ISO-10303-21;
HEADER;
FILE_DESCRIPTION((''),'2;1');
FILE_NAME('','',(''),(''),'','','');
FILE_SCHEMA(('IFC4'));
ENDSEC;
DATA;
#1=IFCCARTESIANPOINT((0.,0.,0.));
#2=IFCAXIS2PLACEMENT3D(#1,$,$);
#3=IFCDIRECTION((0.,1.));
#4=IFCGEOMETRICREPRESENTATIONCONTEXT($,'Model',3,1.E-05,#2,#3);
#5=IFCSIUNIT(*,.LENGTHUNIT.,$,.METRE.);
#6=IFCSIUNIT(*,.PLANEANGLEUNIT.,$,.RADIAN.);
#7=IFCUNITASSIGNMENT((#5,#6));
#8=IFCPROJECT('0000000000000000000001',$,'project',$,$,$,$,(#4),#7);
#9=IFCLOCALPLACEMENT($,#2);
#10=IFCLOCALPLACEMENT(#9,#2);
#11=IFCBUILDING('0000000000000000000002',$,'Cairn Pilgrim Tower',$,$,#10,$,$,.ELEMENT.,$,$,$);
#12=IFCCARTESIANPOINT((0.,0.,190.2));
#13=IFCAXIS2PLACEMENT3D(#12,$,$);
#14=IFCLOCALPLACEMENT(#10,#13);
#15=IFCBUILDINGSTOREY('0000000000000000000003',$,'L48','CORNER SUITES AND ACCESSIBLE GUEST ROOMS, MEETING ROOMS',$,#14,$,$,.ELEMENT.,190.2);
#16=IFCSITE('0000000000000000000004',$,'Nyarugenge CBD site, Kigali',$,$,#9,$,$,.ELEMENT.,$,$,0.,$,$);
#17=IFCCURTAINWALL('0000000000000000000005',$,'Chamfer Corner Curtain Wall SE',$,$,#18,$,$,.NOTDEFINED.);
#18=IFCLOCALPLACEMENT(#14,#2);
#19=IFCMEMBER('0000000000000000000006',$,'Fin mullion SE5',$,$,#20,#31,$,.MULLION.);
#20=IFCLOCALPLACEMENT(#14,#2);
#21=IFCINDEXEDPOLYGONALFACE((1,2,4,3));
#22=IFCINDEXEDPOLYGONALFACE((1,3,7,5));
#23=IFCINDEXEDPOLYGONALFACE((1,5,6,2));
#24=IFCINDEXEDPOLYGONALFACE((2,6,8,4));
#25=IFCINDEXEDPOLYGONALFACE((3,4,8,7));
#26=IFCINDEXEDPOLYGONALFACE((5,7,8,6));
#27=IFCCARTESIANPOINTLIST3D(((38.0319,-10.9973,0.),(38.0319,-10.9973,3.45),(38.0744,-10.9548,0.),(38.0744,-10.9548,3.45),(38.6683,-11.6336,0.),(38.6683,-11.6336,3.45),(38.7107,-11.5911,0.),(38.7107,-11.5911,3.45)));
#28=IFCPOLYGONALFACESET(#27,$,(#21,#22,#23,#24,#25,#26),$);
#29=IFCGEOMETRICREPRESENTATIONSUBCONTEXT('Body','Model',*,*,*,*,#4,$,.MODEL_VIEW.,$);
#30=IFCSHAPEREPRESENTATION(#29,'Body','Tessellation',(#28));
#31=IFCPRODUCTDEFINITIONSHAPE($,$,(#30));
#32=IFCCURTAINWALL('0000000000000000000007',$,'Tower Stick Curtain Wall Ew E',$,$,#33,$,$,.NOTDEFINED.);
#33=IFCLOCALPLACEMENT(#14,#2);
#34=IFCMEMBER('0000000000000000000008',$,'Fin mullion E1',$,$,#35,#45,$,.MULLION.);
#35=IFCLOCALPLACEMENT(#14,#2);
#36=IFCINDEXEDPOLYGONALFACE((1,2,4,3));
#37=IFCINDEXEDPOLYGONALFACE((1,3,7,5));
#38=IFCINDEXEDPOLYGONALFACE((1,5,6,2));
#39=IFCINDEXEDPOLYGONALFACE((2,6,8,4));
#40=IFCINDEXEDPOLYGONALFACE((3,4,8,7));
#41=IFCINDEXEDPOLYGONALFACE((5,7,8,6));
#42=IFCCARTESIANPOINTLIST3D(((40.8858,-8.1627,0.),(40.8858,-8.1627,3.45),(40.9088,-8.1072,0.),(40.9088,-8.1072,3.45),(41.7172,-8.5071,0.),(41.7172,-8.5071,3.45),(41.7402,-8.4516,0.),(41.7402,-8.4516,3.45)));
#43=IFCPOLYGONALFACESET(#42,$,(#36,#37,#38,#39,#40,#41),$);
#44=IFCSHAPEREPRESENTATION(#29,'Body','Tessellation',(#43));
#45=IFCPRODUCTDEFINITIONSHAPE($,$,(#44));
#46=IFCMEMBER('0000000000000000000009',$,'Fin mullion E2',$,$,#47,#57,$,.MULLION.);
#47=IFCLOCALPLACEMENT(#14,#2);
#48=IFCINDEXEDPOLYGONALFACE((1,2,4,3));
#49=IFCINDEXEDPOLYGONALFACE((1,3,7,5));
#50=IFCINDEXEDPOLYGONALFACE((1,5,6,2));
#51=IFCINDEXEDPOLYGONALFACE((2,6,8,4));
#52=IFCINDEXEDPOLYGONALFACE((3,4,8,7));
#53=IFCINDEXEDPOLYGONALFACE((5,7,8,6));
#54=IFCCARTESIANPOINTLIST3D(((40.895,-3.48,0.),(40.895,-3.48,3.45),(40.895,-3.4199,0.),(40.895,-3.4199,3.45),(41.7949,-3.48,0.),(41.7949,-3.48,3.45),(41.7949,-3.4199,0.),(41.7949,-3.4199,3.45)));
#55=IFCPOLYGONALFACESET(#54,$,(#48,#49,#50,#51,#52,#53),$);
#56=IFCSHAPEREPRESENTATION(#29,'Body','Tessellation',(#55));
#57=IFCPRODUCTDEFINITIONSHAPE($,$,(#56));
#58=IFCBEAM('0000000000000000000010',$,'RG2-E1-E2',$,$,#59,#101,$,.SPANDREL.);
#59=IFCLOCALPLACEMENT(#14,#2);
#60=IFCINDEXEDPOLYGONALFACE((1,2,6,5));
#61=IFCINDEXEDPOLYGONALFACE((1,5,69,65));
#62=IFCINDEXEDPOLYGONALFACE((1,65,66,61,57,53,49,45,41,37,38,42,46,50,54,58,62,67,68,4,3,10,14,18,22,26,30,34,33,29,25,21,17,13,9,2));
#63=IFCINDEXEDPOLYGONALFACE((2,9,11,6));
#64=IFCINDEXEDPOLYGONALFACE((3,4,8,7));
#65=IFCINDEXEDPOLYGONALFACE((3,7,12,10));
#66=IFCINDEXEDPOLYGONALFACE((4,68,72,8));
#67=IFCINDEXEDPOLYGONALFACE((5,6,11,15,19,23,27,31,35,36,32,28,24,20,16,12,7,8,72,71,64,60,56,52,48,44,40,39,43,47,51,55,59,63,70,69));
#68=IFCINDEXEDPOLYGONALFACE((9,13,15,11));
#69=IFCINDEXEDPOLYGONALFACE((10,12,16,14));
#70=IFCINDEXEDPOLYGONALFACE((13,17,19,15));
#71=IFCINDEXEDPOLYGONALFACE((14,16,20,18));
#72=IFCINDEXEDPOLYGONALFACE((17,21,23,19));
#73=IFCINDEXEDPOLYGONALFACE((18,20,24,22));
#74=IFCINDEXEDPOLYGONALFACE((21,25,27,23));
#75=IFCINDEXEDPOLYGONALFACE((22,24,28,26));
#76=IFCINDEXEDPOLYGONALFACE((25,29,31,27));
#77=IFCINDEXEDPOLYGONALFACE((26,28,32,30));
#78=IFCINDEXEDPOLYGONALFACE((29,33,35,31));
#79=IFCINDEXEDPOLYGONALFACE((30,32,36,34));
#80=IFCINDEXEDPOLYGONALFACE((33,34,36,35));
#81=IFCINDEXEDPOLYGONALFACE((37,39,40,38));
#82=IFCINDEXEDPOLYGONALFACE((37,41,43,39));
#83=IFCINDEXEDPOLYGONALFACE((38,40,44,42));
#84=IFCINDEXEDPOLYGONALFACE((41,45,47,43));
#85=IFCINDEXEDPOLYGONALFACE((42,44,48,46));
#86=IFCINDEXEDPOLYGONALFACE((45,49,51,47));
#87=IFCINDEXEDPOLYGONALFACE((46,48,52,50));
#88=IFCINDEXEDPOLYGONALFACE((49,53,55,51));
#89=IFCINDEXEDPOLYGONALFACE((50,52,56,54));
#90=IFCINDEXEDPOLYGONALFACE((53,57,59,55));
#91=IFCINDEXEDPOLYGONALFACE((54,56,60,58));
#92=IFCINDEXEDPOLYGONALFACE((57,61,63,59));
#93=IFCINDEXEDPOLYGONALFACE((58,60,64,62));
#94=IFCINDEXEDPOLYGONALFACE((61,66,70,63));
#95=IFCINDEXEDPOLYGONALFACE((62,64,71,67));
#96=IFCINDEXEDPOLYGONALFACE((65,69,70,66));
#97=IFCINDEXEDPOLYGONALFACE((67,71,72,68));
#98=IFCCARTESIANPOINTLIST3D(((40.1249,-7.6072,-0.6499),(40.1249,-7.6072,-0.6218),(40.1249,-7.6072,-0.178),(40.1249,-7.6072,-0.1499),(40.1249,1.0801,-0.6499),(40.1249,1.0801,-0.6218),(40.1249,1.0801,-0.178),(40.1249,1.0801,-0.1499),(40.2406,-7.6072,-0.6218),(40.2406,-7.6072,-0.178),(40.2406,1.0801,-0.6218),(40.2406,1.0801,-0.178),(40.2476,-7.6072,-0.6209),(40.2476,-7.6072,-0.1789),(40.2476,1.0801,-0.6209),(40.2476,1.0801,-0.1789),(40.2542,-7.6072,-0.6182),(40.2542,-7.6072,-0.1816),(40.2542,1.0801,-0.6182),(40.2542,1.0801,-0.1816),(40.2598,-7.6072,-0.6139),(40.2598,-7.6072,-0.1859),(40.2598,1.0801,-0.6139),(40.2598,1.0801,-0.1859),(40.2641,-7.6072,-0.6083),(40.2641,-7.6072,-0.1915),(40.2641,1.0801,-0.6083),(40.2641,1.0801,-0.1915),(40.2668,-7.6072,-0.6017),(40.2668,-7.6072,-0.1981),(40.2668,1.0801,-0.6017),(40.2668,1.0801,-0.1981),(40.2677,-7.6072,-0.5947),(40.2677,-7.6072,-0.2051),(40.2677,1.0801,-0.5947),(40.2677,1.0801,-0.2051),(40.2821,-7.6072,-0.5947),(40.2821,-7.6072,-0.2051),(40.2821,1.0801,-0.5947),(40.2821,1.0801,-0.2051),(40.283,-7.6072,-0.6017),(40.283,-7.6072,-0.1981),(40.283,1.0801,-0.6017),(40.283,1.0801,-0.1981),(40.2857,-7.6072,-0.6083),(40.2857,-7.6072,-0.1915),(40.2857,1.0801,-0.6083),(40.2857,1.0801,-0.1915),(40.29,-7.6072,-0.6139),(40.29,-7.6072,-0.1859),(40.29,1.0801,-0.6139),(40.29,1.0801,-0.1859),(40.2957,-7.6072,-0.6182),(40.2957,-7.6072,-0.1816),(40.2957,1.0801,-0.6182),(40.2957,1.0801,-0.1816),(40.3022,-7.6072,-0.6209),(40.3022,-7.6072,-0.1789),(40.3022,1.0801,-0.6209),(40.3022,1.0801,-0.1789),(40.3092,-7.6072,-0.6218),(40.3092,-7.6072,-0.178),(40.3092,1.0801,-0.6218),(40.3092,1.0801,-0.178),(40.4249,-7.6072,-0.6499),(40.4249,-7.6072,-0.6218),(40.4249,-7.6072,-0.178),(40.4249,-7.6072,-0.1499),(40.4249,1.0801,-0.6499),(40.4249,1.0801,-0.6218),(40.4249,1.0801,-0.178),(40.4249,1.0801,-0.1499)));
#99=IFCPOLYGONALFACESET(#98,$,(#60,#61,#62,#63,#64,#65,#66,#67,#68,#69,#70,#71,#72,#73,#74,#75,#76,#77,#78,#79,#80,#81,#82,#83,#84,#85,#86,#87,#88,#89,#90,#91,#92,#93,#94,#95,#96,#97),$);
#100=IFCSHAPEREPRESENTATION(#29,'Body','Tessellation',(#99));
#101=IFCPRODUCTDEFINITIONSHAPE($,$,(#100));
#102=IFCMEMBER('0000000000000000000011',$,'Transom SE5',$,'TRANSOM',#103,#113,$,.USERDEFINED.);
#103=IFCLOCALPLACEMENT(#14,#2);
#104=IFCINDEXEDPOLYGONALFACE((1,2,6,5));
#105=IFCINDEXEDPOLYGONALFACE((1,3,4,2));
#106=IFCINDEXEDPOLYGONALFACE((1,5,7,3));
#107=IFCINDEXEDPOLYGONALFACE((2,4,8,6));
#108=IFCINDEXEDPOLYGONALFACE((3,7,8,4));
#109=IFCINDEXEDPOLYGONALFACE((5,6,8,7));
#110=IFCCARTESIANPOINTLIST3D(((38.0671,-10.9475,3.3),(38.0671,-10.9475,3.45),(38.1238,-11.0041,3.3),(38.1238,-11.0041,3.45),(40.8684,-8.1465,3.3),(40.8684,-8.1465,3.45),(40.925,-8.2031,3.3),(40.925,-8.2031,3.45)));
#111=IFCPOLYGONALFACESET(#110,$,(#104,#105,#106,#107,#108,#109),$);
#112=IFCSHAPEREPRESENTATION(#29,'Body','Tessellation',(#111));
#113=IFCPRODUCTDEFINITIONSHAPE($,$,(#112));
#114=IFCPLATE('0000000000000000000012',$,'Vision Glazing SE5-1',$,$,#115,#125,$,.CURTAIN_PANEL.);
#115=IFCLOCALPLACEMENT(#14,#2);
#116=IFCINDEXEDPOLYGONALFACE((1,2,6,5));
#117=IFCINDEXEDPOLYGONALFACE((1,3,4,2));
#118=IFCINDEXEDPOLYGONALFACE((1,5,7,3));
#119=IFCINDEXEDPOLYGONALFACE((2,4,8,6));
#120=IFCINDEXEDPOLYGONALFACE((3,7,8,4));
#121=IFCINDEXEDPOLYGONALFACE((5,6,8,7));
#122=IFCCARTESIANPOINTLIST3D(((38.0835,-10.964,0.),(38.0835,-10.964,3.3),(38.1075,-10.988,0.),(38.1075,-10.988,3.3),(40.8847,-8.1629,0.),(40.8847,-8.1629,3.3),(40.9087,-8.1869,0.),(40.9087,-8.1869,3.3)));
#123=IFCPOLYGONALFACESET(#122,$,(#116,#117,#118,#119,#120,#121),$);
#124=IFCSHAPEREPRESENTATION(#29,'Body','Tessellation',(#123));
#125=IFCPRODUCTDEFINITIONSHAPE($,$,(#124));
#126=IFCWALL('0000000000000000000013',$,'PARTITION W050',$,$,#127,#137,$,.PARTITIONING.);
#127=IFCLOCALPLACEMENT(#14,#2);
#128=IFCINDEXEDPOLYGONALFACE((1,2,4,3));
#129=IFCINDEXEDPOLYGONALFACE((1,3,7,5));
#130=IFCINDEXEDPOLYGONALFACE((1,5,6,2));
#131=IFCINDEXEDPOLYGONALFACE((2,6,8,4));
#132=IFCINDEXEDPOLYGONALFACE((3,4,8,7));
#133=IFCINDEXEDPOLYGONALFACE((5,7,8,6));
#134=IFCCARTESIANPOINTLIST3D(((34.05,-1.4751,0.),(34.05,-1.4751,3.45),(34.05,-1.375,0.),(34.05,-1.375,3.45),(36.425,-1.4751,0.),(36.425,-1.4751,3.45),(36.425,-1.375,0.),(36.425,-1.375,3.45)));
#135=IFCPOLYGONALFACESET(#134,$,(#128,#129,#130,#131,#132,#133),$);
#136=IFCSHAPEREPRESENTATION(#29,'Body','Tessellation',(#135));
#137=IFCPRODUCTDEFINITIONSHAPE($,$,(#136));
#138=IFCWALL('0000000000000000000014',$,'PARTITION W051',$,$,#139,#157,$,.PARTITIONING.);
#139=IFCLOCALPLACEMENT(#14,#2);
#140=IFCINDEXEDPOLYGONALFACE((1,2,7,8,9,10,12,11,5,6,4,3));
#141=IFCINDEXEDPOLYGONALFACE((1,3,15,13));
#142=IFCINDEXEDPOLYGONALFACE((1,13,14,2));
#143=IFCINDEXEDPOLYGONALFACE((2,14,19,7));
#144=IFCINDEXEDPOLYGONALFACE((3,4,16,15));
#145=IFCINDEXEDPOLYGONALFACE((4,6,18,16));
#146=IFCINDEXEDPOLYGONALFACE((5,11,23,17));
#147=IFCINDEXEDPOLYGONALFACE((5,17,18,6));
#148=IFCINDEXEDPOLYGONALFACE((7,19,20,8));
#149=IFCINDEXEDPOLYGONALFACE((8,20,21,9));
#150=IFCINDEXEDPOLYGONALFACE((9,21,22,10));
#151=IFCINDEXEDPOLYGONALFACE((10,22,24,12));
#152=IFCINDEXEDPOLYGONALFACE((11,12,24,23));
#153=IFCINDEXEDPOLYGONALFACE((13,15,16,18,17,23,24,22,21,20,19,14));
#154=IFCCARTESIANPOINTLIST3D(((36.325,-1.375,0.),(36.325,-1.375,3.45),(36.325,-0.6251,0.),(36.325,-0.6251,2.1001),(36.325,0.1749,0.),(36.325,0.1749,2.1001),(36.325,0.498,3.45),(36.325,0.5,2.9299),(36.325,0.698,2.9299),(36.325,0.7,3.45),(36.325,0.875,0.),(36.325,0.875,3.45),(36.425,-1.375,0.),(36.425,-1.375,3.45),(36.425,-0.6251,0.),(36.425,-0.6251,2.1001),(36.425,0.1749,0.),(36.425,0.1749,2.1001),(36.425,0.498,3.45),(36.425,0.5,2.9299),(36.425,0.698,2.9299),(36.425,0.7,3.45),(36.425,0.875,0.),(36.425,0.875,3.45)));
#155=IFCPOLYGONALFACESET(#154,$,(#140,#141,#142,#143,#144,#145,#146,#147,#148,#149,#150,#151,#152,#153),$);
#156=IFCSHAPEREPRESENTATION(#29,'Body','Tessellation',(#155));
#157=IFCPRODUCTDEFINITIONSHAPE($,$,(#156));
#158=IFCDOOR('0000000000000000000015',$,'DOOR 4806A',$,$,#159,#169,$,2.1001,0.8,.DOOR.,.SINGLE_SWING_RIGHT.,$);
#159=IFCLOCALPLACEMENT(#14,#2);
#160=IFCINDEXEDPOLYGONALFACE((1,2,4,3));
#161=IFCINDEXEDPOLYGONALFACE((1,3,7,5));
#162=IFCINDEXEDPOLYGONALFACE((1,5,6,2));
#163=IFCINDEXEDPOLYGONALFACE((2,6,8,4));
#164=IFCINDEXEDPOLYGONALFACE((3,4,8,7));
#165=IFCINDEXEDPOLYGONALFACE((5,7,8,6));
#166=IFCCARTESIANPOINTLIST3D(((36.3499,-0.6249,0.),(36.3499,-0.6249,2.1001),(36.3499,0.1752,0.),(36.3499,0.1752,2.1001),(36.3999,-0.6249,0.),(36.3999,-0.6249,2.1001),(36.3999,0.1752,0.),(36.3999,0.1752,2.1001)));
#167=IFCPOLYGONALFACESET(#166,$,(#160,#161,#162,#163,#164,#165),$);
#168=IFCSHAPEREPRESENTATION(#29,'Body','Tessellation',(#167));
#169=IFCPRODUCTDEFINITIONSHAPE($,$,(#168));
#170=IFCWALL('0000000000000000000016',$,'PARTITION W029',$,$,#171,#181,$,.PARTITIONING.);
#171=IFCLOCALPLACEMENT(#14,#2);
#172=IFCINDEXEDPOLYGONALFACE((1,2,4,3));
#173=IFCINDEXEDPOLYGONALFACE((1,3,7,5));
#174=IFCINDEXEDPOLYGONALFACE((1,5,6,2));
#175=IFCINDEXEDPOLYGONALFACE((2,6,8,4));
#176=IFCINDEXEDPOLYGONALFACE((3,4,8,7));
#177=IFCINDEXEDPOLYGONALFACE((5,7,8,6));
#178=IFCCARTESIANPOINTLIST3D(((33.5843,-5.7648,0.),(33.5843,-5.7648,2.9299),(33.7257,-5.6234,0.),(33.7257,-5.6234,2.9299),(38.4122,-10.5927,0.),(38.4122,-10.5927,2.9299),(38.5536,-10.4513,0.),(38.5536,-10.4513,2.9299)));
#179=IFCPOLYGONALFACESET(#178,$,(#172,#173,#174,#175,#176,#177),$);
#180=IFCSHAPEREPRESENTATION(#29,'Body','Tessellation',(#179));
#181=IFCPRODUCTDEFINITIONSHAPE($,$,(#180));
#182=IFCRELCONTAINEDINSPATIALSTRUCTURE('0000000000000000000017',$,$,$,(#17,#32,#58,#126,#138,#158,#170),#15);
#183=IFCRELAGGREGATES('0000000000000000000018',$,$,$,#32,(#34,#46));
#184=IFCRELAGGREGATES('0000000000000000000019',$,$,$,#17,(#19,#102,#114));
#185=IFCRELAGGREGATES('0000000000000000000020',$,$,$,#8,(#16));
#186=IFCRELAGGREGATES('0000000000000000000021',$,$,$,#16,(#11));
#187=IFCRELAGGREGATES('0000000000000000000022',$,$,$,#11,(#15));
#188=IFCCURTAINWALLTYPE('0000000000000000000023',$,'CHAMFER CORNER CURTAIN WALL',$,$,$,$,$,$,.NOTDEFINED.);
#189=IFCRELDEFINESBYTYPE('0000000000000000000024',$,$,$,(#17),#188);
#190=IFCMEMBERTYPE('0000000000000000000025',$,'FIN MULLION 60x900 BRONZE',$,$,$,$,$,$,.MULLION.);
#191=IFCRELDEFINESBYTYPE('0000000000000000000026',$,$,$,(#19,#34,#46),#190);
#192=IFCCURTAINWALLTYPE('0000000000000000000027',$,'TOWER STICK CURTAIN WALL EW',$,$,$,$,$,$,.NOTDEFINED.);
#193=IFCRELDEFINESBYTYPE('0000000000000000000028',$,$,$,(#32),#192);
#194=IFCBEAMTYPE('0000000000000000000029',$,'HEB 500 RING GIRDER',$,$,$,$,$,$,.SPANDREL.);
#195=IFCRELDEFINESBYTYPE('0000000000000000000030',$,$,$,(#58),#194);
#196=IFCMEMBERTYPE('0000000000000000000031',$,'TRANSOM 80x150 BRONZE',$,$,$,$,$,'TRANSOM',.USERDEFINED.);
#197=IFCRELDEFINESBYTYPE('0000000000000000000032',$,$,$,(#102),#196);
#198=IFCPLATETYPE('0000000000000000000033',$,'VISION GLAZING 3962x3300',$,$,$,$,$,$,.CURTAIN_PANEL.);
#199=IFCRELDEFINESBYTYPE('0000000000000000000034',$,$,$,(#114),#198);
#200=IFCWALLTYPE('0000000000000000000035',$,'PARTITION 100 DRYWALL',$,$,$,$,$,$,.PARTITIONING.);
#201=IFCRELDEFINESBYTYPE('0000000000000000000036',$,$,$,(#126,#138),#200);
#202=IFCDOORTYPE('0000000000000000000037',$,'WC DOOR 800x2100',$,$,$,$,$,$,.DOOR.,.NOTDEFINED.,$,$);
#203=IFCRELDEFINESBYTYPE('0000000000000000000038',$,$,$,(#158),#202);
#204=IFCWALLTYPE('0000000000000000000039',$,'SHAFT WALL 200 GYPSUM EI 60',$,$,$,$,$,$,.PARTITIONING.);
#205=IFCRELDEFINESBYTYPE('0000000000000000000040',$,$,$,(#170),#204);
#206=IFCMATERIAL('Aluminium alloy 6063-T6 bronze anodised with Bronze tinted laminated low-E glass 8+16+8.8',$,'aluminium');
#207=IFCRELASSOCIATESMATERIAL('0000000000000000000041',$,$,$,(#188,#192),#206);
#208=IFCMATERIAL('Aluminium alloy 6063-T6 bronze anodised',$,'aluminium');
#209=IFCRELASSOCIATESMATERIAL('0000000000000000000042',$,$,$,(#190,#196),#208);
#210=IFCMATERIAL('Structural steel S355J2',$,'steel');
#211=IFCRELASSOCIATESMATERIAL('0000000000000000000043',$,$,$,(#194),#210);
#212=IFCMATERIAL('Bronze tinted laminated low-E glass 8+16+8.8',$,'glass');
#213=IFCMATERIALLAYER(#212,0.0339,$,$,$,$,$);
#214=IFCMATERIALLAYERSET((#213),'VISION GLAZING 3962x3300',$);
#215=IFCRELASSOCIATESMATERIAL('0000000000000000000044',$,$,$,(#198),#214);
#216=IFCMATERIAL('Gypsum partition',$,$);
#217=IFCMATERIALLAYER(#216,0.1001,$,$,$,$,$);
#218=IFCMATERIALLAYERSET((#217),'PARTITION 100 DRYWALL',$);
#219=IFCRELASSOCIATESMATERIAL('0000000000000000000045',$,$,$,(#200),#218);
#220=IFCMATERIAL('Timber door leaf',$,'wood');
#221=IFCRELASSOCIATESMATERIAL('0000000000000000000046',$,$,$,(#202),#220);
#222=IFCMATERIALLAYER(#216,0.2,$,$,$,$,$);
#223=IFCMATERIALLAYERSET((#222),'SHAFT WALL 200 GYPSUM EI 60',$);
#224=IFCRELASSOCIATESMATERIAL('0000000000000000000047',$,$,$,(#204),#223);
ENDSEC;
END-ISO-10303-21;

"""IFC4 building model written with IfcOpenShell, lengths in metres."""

from ifc_helpers import new_model, si_unit, direction, frame, frame_2d, origin, origin_2d, place, context, subcontext, project, spatial, polyline, rectangle, i_section, outline, extrude, material, layer, layer_set, material_profile, profile_set, type_object, element, fill, aggregate, save


model = new_model("IFC4")

# Units and contexts
model_context = context("Model", 3, precision=1e-05, world=origin(), true_north=direction((0.0, 1.0)))
body_context = subcontext(model_context, "Body", "Model", "MODEL_VIEW")
ifc_project = project(units=[si_unit("LENGTHUNIT", "METRE"), si_unit("PLANEANGLEUNIT", "RADIAN")], contexts=[model_context])

# Site, building, storey
site_placement = place(None, origin())
site = spatial("IfcSite", under=ifc_project, at=site_placement, Name="Nyarugenge CBD site, Kigali", CompositionType="ELEMENT", RefElevation=0.0)
building_placement = place(site_placement, origin())
building = spatial("IfcBuilding", under=site, at=building_placement, Name="Cairn Pilgrim Tower", CompositionType="ELEMENT")
storey_placement = place(building_placement, frame((0.0, 0.0, 190.2)))
storey = spatial("IfcBuildingStorey", under=building, at=storey_placement, Name="L48", Description="CORNER SUITES AND ACCESSIBLE GUEST ROOMS, MEETING ROOMS", CompositionType="ELEMENT", Elevation=190.2)

# Curtain wall, member
ifc_material_1 = material(Name="Aluminium alloy 6063-T6 bronze anodised with Bronze tinted laminated low-E glass 8+16+8.8", Category="aluminium")
curtain_wall_type_1 = type_object("IfcCurtainWallType", Name="CHAMFER CORNER CURTAIN WALL", PredefinedType="NOTDEFINED", material=ifc_material_1)
curtain_wall_1_placement = place(storey_placement, origin())
curtain_wall_1 = element("IfcCurtainWall", 1, at=curtain_wall_1_placement, inside=storey, type_object=curtain_wall_type_1, Name="Chamfer Corner Curtain Wall SE", PredefinedType="NOTDEFINED")
ifc_material_2 = material(Name="Aluminium alloy 6063-T6 bronze anodised", Category="aluminium")
ifc_material_profile_1 = material_profile(ifc_material_2, rectangle(XDim=0.8999, YDim=0.0601, at=origin_2d()), Name="FIN MULLION 60x900 BRONZE")
ifc_profile_set_1 = profile_set([ifc_material_profile_1], Name="Aluminium alloy 6063-T6 bronze anodised")
member_type_1 = type_object("IfcMemberType", Name="FIN MULLION 60x900 BRONZE", PredefinedType="MULLION", material=ifc_profile_set_1)
member_1_placement = place(storey_placement, frame((38.3713, -11.2942, 0.0), z_axis=(0.0, 0.0, 1.0), x_axis=(0.707107, -0.707107, 0.0)))
member_1 = element("IfcMember", 2, at=member_1_placement, type_object=member_type_1, Name="Fin mullion SE5", PredefinedType="MULLION", context=body_context, shape_type="SweptSolid", body=[
    extrude(rectangle(XDim=0.8999, YDim=0.0601, at=origin_2d()), origin(), (0.0, 0.0, 1.0), 3.45),
])

# Curtain wall, members
curtain_wall_type_2 = type_object("IfcCurtainWallType", Name="TOWER STICK CURTAIN WALL EW", PredefinedType="NOTDEFINED", material=ifc_material_1)
curtain_wall_2_placement = place(storey_placement, origin())
curtain_wall_2 = element("IfcCurtainWall", 3, at=curtain_wall_2_placement, inside=storey, type_object=curtain_wall_type_2, Name="Tower Stick Curtain Wall Ew E", PredefinedType="NOTDEFINED")
member_2_placement = place(storey_placement, frame((41.313, -8.3071, 0.0), z_axis=(0.0, 0.0, 1.0), x_axis=(0.92388, -0.382683, 0.0)))
member_2 = element("IfcMember", 4, at=member_2_placement, type_object=member_type_1, Name="Fin mullion E1", PredefinedType="MULLION", context=body_context, shape_type="SweptSolid", body=[
    extrude(rectangle(XDim=0.8999, YDim=0.0601, at=origin_2d()), origin(), (0.0, 0.0, 1.0), 3.45),
])
member_3_placement = place(storey_placement, frame((41.345, -3.45, 0.0), z_axis=(0.0, 0.0, 1.0), x_axis=(1.0, 0.0, 0.0)))
member_3 = element("IfcMember", 5, at=member_3_placement, type_object=member_type_1, Name="Fin mullion E2", PredefinedType="MULLION", context=body_context, shape_type="SweptSolid", body=[
    extrude(rectangle(XDim=0.8999, YDim=0.0601, at=origin_2d()), origin(), (0.0, 0.0, 1.0), 3.45),
])
aggregate(curtain_wall_2, [member_2, member_3])

# Beam
ifc_material_3 = material(Name="Structural steel S355J2", Category="steel")
ifc_material_profile_2 = material_profile(ifc_material_3, i_section(OverallWidth=0.3, OverallDepth=0.5, WebThickness=0.0144, FlangeThickness=0.0281, FilletRadius=0.0271, at=origin_2d()), Name="HEB 500")
ifc_profile_set_2 = profile_set([ifc_material_profile_2], Name="Structural steel S355J2")
beam_type = type_object("IfcBeamType", Name="HEB 500 RING GIRDER", PredefinedType="SPANDREL", material=ifc_profile_set_2)
beam_placement = place(storey_placement, frame((40.2749, -7.6072, -0.3999), z_axis=(0.0, 1.0, 0.0), x_axis=(-1.0, 0.0, 0.0)))
element("IfcBeam", 6, at=beam_placement, inside=storey, type_object=beam_type, Name="RG2-E1-E2", PredefinedType="SPANDREL", context=body_context, shape_type="SweptSolid", body=[
    extrude(i_section(OverallWidth=0.3, OverallDepth=0.5, WebThickness=0.0144, FlangeThickness=0.0281, FilletRadius=0.0271, at=origin_2d()), origin(), (0.0, 0.0, 1.0), 8.6873),
])

# Member
ifc_material_profile_3 = material_profile(ifc_material_2, rectangle(XDim=0.0801, YDim=0.1499, at=origin_2d()), Name="TRANSOM 80x150 BRONZE")
ifc_profile_set_3 = profile_set([ifc_material_profile_3], Name="Aluminium alloy 6063-T6 bronze anodised")
member_type_2 = type_object("IfcMemberType", Name="TRANSOM 80x150 BRONZE", ElementType="TRANSOM", PredefinedType="USERDEFINED", material=ifc_profile_set_3)
member_4_placement = place(storey_placement, frame((38.0955, -10.9758, 3.375), z_axis=(0.707138, 0.707076, 0.0), x_axis=(-0.707076, 0.707138, 0.0)))
member_4 = element("IfcMember", 7, at=member_4_placement, type_object=member_type_2, Name="Transom SE5", ObjectType="TRANSOM", PredefinedType="USERDEFINED", context=body_context, shape_type="SweptSolid", body=[
    extrude(rectangle(XDim=0.0801, YDim=0.1499, at=origin_2d()), origin(), (0.0, 0.0, 1.0), 3.9614),
])

# Plate
ifc_material_4 = material(Name="Bronze tinted laminated low-E glass 8+16+8.8", Category="glass")
ifc_layer_1 = layer(ifc_material_4, 0.0339)
ifc_layer_set_1 = layer_set([ifc_layer_1], Name="VISION GLAZING 3962x3300")
plate_type = type_object("IfcPlateType", Name="VISION GLAZING 3962x3300", PredefinedType="CURTAIN_PANEL", material=ifc_layer_set_1)
plate_placement = place(storey_placement, frame((39.4961, -9.5754, 0.0), z_axis=(0.0, 0.0, 1.0), x_axis=(0.707107, 0.707107, 0.0)))
plate = element("IfcPlate", 8, at=plate_placement, type_object=plate_type, Name="Vision Glazing SE5-1", PredefinedType="CURTAIN_PANEL", context=body_context, shape_type="SweptSolid", body=[
    extrude(rectangle(XDim=3.9614, YDim=0.0339, at=origin_2d()), origin(), (0.0, 0.0, 1.0), 3.3),
])
aggregate(curtain_wall_1, [member_1, member_4, plate])

# Wall
ifc_material_5 = material(Name="Gypsum partition")
ifc_layer_2 = layer(ifc_material_5, 0.1001)
ifc_layer_set_2 = layer_set([ifc_layer_2], Name="PARTITION 100 DRYWALL")
wall_type_1 = type_object("IfcWallType", Name="PARTITION 100 DRYWALL", PredefinedType="PARTITIONING", material=ifc_layer_set_2)
wall_1_placement = place(storey_placement, frame((34.05, -1.425, 0.0), z_axis=(0.0, 0.0, 1.0), x_axis=(1.0, 0.0, 0.0)))
element("IfcWall", 9, at=wall_1_placement, inside=storey, type_object=wall_type_1, Name="PARTITION W050", PredefinedType="PARTITIONING", context=body_context, shape_type="SweptSolid", body=[
    extrude(rectangle(XDim=2.375, YDim=0.1001, at=frame_2d((1.1875, 0.0))), origin(), (0.0, 0.0, 1.0), 3.45),
])

# Wall, opening, door
wall_2_placement = place(storey_placement, frame((36.375, -1.375, 0.0), z_axis=(0.0, 0.0, 1.0), x_axis=(0.0, 1.0, 0.0)))
wall_2 = element("IfcWall", 10, at=wall_2_placement, inside=storey, type_object=wall_type_1, Name="PARTITION W051", PredefinedType="PARTITIONING", context=body_context, shape_type="SweptSolid", body=[
    extrude(outline(polyline([(0.0, 0.0), (2.25, 0.0), (2.25, 3.45), (2.075, 3.45), (2.073, 2.9299), (1.875, 2.9299), (1.873, 3.45), (0.0, 3.45), (0.0, 0.0)])), frame((0.0, 0.05, 0.0), z_axis=(0.0, -1.0, 0.0), x_axis=(1.0, 0.0, 0.0)), (0.0, 0.0, 1.0), 0.1001),
])
opening_1_placement = place(wall_2_placement, frame((0.75, 0.0, 0.0)))
opening_1 = element("IfcOpeningElement", 11, at=opening_1_placement, cuts=wall_2, PredefinedType="OPENING", context=body_context, shape_type="SweptSolid", body=[
    extrude(rectangle(XDim=0.8, YDim=2.1001, at=frame_2d((0.3999, 1.05))), frame((0.0, 0.0601, 0.0), z_axis=(0.0, -1.0, 0.0), x_axis=(1.0, 0.0, 0.0)), (0.0, 0.0, 1.0), 0.1201),
])
ifc_material_6 = material(Name="Timber door leaf", Category="wood")
door_type_1 = type_object("IfcDoorType", Name="WC DOOR 800x2100", OperationType="NOTDEFINED", PredefinedType="DOOR", material=ifc_material_6)
door_1_placement = place(opening_1_placement, frame((0.8, 0.0, 0.0), z_axis=(0.0, 0.0, 1.0), x_axis=(-1.0, 0.0, 0.0)))
door_1 = element("IfcDoor", 12, at=door_1_placement, inside=storey, type_object=door_type_1, Name="DOOR 4806A", OperationType="SINGLE_SWING_RIGHT", OverallHeight=2.1001, OverallWidth=0.8, PredefinedType="DOOR", context=body_context, shape_type="SweptSolid", body=[
    extrude(rectangle(XDim=0.8, YDim=2.1001, at=frame_2d((0.3999, 1.05))), frame((0.0, 0.0249, 0.0), z_axis=(0.0, -1.0, 0.0), x_axis=(1.0, 0.0, 0.0)), (0.0, 0.0, 1.0), 0.05),
])
fill(opening_1, door_1)

# Wall
ifc_layer_3 = layer(ifc_material_5, 0.2)
ifc_layer_set_3 = layer_set([ifc_layer_3], Name="SHAFT WALL 200 GYPSUM EI 60")
wall_type_2 = type_object("IfcWallType", Name="SHAFT WALL 200 GYPSUM EI 60", PredefinedType="PARTITIONING", material=ifc_layer_set_3)
wall_3_placement = place(storey_placement, frame((38.4829, -10.522, 0.0), z_axis=(0.0, 0.0, 1.0), x_axis=(-0.707107, 0.707107, 0.0)))
element("IfcWall", 13, at=wall_3_placement, inside=storey, type_object=wall_type_2, Name="PARTITION W029", PredefinedType="PARTITIONING", context=body_context, shape_type="SweptSolid", body=[
    extrude(rectangle(XDim=6.8276, YDim=0.2, at=frame_2d((3.4138, 0.0))), origin(), (0.0, 0.0, 1.0), 2.9299),
])

save(model, "model.ifc")
